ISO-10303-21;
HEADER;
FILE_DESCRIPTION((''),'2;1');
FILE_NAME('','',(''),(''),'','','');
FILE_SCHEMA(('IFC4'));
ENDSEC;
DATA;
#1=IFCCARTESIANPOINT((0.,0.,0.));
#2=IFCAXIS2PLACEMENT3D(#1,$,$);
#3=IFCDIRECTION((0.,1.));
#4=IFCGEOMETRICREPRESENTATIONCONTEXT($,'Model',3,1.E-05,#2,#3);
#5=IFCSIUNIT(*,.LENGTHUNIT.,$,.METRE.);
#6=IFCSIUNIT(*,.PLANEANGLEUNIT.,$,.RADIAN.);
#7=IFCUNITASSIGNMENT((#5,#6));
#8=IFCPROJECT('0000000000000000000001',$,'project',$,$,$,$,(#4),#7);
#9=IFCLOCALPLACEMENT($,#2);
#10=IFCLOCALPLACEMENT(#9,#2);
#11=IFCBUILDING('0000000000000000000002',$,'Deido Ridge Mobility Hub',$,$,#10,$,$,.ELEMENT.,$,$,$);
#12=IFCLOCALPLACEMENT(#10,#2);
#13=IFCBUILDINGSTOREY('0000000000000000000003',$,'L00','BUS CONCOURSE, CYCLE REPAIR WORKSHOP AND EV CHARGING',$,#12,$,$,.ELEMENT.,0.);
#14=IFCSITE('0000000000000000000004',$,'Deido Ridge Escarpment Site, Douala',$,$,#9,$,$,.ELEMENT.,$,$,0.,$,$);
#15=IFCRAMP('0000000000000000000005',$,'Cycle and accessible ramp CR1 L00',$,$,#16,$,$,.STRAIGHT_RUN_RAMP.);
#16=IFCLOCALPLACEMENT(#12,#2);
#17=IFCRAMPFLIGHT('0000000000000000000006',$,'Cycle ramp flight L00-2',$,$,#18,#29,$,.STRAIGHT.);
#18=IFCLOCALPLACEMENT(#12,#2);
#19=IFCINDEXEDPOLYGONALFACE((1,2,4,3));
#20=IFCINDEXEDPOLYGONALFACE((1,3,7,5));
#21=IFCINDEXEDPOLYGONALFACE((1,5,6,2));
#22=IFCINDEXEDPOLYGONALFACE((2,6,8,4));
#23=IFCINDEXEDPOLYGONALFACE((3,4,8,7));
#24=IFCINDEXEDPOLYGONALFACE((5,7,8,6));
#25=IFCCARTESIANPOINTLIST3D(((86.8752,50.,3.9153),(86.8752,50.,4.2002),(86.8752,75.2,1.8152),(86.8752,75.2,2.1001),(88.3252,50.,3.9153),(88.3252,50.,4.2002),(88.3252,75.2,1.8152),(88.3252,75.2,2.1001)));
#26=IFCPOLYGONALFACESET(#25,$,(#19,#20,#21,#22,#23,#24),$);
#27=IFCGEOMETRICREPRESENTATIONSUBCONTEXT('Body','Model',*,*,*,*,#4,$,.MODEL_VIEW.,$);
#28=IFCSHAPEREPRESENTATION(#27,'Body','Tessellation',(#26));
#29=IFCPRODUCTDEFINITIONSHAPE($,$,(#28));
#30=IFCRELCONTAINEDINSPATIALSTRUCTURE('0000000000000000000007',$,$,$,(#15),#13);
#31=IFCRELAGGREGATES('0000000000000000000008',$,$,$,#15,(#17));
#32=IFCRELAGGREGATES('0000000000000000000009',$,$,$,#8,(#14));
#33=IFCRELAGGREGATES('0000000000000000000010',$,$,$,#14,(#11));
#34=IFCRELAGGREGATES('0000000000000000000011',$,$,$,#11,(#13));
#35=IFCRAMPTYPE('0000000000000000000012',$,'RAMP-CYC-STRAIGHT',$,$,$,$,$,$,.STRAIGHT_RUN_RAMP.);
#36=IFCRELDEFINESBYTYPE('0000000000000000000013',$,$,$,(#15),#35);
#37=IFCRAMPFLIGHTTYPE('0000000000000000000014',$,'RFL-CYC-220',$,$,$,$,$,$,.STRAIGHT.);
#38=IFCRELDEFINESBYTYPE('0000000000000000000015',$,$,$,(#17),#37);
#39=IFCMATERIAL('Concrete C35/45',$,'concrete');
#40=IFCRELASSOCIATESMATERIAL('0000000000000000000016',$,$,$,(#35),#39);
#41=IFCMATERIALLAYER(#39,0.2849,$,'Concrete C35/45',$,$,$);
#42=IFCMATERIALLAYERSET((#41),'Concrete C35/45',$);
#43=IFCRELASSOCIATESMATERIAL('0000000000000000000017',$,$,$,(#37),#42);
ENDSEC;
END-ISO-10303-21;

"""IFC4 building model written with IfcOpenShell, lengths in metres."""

from ifc_helpers import new_model, si_unit, direction, frame, origin, place, context, subcontext, project, spatial, polyline, outline, extrude, material, layer, layer_set, type_object, element, aggregate, save


model = new_model("IFC4")

# Units and contexts
model_context = context("Model", 3, precision=1e-05, world=origin(), true_north=direction((0.0, 1.0)))
body_context = subcontext(model_context, "Body", "Model", "MODEL_VIEW")
ifc_project = project(units=[si_unit("LENGTHUNIT", "METRE"), si_unit("PLANEANGLEUNIT", "RADIAN")], contexts=[model_context])

# Site, building, storey
site_placement = place(None, origin())
site = spatial("IfcSite", under=ifc_project, at=site_placement, Name="Deido Ridge Escarpment Site, Douala", CompositionType="ELEMENT", RefElevation=0.0)
building_placement = place(site_placement, origin())
building = spatial("IfcBuilding", under=site, at=building_placement, Name="Deido Ridge Mobility Hub", CompositionType="ELEMENT")
storey_placement = place(building_placement, origin())
storey = spatial("IfcBuildingStorey", under=building, at=storey_placement, Name="L00", Description="BUS CONCOURSE, CYCLE REPAIR WORKSHOP AND EV CHARGING", CompositionType="ELEMENT", Elevation=0.0)

# Ramp, ramp flight
ifc_material_1 = material(Name="Concrete C35/45", Category="concrete")
ramp_type = type_object("IfcRampType", Name="RAMP-CYC-STRAIGHT", PredefinedType="STRAIGHT_RUN_RAMP", material=ifc_material_1)
ramp_placement = place(storey_placement, origin())
ramp = element("IfcRamp", 1, at=ramp_placement, inside=storey, type_object=ramp_type, Name="Cycle and accessible ramp CR1 L00", PredefinedType="STRAIGHT_RUN_RAMP")
ifc_layer = layer(ifc_material_1, 0.2849, Name="Concrete C35/45")
ifc_layer_set = layer_set([ifc_layer], Name="Concrete C35/45")
ramp_flight_type = type_object("IfcRampFlightType", Name="RFL-CYC-220", PredefinedType="STRAIGHT", material=ifc_layer_set)
ramp_flight_placement = place(storey_placement, frame((87.6001, 75.2, 2.1001), z_axis=(0.0, 0.0, 1.0), x_axis=(0.0, -1.0, 0.0)))
ramp_flight = element("IfcRampFlight", 2, at=ramp_flight_placement, type_object=ramp_flight_type, Name="Cycle ramp flight L00-2", PredefinedType="STRAIGHT", context=body_context, shape_type="SweptSolid", body=[
    extrude(outline(polyline([(0.0, 0.0), (0.0, -0.2849), (25.2, 1.8152), (25.2, 2.1001), (0.0, 0.0)])), frame((0.0, 0.7251, 0.0), z_axis=(0.0, -1.0, 0.0), x_axis=(1.0, 0.0, 0.0)), (0.0, 0.0, 1.0), 1.45),
])
aggregate(ramp, [ramp_flight])

save(model, "model.ifc")
